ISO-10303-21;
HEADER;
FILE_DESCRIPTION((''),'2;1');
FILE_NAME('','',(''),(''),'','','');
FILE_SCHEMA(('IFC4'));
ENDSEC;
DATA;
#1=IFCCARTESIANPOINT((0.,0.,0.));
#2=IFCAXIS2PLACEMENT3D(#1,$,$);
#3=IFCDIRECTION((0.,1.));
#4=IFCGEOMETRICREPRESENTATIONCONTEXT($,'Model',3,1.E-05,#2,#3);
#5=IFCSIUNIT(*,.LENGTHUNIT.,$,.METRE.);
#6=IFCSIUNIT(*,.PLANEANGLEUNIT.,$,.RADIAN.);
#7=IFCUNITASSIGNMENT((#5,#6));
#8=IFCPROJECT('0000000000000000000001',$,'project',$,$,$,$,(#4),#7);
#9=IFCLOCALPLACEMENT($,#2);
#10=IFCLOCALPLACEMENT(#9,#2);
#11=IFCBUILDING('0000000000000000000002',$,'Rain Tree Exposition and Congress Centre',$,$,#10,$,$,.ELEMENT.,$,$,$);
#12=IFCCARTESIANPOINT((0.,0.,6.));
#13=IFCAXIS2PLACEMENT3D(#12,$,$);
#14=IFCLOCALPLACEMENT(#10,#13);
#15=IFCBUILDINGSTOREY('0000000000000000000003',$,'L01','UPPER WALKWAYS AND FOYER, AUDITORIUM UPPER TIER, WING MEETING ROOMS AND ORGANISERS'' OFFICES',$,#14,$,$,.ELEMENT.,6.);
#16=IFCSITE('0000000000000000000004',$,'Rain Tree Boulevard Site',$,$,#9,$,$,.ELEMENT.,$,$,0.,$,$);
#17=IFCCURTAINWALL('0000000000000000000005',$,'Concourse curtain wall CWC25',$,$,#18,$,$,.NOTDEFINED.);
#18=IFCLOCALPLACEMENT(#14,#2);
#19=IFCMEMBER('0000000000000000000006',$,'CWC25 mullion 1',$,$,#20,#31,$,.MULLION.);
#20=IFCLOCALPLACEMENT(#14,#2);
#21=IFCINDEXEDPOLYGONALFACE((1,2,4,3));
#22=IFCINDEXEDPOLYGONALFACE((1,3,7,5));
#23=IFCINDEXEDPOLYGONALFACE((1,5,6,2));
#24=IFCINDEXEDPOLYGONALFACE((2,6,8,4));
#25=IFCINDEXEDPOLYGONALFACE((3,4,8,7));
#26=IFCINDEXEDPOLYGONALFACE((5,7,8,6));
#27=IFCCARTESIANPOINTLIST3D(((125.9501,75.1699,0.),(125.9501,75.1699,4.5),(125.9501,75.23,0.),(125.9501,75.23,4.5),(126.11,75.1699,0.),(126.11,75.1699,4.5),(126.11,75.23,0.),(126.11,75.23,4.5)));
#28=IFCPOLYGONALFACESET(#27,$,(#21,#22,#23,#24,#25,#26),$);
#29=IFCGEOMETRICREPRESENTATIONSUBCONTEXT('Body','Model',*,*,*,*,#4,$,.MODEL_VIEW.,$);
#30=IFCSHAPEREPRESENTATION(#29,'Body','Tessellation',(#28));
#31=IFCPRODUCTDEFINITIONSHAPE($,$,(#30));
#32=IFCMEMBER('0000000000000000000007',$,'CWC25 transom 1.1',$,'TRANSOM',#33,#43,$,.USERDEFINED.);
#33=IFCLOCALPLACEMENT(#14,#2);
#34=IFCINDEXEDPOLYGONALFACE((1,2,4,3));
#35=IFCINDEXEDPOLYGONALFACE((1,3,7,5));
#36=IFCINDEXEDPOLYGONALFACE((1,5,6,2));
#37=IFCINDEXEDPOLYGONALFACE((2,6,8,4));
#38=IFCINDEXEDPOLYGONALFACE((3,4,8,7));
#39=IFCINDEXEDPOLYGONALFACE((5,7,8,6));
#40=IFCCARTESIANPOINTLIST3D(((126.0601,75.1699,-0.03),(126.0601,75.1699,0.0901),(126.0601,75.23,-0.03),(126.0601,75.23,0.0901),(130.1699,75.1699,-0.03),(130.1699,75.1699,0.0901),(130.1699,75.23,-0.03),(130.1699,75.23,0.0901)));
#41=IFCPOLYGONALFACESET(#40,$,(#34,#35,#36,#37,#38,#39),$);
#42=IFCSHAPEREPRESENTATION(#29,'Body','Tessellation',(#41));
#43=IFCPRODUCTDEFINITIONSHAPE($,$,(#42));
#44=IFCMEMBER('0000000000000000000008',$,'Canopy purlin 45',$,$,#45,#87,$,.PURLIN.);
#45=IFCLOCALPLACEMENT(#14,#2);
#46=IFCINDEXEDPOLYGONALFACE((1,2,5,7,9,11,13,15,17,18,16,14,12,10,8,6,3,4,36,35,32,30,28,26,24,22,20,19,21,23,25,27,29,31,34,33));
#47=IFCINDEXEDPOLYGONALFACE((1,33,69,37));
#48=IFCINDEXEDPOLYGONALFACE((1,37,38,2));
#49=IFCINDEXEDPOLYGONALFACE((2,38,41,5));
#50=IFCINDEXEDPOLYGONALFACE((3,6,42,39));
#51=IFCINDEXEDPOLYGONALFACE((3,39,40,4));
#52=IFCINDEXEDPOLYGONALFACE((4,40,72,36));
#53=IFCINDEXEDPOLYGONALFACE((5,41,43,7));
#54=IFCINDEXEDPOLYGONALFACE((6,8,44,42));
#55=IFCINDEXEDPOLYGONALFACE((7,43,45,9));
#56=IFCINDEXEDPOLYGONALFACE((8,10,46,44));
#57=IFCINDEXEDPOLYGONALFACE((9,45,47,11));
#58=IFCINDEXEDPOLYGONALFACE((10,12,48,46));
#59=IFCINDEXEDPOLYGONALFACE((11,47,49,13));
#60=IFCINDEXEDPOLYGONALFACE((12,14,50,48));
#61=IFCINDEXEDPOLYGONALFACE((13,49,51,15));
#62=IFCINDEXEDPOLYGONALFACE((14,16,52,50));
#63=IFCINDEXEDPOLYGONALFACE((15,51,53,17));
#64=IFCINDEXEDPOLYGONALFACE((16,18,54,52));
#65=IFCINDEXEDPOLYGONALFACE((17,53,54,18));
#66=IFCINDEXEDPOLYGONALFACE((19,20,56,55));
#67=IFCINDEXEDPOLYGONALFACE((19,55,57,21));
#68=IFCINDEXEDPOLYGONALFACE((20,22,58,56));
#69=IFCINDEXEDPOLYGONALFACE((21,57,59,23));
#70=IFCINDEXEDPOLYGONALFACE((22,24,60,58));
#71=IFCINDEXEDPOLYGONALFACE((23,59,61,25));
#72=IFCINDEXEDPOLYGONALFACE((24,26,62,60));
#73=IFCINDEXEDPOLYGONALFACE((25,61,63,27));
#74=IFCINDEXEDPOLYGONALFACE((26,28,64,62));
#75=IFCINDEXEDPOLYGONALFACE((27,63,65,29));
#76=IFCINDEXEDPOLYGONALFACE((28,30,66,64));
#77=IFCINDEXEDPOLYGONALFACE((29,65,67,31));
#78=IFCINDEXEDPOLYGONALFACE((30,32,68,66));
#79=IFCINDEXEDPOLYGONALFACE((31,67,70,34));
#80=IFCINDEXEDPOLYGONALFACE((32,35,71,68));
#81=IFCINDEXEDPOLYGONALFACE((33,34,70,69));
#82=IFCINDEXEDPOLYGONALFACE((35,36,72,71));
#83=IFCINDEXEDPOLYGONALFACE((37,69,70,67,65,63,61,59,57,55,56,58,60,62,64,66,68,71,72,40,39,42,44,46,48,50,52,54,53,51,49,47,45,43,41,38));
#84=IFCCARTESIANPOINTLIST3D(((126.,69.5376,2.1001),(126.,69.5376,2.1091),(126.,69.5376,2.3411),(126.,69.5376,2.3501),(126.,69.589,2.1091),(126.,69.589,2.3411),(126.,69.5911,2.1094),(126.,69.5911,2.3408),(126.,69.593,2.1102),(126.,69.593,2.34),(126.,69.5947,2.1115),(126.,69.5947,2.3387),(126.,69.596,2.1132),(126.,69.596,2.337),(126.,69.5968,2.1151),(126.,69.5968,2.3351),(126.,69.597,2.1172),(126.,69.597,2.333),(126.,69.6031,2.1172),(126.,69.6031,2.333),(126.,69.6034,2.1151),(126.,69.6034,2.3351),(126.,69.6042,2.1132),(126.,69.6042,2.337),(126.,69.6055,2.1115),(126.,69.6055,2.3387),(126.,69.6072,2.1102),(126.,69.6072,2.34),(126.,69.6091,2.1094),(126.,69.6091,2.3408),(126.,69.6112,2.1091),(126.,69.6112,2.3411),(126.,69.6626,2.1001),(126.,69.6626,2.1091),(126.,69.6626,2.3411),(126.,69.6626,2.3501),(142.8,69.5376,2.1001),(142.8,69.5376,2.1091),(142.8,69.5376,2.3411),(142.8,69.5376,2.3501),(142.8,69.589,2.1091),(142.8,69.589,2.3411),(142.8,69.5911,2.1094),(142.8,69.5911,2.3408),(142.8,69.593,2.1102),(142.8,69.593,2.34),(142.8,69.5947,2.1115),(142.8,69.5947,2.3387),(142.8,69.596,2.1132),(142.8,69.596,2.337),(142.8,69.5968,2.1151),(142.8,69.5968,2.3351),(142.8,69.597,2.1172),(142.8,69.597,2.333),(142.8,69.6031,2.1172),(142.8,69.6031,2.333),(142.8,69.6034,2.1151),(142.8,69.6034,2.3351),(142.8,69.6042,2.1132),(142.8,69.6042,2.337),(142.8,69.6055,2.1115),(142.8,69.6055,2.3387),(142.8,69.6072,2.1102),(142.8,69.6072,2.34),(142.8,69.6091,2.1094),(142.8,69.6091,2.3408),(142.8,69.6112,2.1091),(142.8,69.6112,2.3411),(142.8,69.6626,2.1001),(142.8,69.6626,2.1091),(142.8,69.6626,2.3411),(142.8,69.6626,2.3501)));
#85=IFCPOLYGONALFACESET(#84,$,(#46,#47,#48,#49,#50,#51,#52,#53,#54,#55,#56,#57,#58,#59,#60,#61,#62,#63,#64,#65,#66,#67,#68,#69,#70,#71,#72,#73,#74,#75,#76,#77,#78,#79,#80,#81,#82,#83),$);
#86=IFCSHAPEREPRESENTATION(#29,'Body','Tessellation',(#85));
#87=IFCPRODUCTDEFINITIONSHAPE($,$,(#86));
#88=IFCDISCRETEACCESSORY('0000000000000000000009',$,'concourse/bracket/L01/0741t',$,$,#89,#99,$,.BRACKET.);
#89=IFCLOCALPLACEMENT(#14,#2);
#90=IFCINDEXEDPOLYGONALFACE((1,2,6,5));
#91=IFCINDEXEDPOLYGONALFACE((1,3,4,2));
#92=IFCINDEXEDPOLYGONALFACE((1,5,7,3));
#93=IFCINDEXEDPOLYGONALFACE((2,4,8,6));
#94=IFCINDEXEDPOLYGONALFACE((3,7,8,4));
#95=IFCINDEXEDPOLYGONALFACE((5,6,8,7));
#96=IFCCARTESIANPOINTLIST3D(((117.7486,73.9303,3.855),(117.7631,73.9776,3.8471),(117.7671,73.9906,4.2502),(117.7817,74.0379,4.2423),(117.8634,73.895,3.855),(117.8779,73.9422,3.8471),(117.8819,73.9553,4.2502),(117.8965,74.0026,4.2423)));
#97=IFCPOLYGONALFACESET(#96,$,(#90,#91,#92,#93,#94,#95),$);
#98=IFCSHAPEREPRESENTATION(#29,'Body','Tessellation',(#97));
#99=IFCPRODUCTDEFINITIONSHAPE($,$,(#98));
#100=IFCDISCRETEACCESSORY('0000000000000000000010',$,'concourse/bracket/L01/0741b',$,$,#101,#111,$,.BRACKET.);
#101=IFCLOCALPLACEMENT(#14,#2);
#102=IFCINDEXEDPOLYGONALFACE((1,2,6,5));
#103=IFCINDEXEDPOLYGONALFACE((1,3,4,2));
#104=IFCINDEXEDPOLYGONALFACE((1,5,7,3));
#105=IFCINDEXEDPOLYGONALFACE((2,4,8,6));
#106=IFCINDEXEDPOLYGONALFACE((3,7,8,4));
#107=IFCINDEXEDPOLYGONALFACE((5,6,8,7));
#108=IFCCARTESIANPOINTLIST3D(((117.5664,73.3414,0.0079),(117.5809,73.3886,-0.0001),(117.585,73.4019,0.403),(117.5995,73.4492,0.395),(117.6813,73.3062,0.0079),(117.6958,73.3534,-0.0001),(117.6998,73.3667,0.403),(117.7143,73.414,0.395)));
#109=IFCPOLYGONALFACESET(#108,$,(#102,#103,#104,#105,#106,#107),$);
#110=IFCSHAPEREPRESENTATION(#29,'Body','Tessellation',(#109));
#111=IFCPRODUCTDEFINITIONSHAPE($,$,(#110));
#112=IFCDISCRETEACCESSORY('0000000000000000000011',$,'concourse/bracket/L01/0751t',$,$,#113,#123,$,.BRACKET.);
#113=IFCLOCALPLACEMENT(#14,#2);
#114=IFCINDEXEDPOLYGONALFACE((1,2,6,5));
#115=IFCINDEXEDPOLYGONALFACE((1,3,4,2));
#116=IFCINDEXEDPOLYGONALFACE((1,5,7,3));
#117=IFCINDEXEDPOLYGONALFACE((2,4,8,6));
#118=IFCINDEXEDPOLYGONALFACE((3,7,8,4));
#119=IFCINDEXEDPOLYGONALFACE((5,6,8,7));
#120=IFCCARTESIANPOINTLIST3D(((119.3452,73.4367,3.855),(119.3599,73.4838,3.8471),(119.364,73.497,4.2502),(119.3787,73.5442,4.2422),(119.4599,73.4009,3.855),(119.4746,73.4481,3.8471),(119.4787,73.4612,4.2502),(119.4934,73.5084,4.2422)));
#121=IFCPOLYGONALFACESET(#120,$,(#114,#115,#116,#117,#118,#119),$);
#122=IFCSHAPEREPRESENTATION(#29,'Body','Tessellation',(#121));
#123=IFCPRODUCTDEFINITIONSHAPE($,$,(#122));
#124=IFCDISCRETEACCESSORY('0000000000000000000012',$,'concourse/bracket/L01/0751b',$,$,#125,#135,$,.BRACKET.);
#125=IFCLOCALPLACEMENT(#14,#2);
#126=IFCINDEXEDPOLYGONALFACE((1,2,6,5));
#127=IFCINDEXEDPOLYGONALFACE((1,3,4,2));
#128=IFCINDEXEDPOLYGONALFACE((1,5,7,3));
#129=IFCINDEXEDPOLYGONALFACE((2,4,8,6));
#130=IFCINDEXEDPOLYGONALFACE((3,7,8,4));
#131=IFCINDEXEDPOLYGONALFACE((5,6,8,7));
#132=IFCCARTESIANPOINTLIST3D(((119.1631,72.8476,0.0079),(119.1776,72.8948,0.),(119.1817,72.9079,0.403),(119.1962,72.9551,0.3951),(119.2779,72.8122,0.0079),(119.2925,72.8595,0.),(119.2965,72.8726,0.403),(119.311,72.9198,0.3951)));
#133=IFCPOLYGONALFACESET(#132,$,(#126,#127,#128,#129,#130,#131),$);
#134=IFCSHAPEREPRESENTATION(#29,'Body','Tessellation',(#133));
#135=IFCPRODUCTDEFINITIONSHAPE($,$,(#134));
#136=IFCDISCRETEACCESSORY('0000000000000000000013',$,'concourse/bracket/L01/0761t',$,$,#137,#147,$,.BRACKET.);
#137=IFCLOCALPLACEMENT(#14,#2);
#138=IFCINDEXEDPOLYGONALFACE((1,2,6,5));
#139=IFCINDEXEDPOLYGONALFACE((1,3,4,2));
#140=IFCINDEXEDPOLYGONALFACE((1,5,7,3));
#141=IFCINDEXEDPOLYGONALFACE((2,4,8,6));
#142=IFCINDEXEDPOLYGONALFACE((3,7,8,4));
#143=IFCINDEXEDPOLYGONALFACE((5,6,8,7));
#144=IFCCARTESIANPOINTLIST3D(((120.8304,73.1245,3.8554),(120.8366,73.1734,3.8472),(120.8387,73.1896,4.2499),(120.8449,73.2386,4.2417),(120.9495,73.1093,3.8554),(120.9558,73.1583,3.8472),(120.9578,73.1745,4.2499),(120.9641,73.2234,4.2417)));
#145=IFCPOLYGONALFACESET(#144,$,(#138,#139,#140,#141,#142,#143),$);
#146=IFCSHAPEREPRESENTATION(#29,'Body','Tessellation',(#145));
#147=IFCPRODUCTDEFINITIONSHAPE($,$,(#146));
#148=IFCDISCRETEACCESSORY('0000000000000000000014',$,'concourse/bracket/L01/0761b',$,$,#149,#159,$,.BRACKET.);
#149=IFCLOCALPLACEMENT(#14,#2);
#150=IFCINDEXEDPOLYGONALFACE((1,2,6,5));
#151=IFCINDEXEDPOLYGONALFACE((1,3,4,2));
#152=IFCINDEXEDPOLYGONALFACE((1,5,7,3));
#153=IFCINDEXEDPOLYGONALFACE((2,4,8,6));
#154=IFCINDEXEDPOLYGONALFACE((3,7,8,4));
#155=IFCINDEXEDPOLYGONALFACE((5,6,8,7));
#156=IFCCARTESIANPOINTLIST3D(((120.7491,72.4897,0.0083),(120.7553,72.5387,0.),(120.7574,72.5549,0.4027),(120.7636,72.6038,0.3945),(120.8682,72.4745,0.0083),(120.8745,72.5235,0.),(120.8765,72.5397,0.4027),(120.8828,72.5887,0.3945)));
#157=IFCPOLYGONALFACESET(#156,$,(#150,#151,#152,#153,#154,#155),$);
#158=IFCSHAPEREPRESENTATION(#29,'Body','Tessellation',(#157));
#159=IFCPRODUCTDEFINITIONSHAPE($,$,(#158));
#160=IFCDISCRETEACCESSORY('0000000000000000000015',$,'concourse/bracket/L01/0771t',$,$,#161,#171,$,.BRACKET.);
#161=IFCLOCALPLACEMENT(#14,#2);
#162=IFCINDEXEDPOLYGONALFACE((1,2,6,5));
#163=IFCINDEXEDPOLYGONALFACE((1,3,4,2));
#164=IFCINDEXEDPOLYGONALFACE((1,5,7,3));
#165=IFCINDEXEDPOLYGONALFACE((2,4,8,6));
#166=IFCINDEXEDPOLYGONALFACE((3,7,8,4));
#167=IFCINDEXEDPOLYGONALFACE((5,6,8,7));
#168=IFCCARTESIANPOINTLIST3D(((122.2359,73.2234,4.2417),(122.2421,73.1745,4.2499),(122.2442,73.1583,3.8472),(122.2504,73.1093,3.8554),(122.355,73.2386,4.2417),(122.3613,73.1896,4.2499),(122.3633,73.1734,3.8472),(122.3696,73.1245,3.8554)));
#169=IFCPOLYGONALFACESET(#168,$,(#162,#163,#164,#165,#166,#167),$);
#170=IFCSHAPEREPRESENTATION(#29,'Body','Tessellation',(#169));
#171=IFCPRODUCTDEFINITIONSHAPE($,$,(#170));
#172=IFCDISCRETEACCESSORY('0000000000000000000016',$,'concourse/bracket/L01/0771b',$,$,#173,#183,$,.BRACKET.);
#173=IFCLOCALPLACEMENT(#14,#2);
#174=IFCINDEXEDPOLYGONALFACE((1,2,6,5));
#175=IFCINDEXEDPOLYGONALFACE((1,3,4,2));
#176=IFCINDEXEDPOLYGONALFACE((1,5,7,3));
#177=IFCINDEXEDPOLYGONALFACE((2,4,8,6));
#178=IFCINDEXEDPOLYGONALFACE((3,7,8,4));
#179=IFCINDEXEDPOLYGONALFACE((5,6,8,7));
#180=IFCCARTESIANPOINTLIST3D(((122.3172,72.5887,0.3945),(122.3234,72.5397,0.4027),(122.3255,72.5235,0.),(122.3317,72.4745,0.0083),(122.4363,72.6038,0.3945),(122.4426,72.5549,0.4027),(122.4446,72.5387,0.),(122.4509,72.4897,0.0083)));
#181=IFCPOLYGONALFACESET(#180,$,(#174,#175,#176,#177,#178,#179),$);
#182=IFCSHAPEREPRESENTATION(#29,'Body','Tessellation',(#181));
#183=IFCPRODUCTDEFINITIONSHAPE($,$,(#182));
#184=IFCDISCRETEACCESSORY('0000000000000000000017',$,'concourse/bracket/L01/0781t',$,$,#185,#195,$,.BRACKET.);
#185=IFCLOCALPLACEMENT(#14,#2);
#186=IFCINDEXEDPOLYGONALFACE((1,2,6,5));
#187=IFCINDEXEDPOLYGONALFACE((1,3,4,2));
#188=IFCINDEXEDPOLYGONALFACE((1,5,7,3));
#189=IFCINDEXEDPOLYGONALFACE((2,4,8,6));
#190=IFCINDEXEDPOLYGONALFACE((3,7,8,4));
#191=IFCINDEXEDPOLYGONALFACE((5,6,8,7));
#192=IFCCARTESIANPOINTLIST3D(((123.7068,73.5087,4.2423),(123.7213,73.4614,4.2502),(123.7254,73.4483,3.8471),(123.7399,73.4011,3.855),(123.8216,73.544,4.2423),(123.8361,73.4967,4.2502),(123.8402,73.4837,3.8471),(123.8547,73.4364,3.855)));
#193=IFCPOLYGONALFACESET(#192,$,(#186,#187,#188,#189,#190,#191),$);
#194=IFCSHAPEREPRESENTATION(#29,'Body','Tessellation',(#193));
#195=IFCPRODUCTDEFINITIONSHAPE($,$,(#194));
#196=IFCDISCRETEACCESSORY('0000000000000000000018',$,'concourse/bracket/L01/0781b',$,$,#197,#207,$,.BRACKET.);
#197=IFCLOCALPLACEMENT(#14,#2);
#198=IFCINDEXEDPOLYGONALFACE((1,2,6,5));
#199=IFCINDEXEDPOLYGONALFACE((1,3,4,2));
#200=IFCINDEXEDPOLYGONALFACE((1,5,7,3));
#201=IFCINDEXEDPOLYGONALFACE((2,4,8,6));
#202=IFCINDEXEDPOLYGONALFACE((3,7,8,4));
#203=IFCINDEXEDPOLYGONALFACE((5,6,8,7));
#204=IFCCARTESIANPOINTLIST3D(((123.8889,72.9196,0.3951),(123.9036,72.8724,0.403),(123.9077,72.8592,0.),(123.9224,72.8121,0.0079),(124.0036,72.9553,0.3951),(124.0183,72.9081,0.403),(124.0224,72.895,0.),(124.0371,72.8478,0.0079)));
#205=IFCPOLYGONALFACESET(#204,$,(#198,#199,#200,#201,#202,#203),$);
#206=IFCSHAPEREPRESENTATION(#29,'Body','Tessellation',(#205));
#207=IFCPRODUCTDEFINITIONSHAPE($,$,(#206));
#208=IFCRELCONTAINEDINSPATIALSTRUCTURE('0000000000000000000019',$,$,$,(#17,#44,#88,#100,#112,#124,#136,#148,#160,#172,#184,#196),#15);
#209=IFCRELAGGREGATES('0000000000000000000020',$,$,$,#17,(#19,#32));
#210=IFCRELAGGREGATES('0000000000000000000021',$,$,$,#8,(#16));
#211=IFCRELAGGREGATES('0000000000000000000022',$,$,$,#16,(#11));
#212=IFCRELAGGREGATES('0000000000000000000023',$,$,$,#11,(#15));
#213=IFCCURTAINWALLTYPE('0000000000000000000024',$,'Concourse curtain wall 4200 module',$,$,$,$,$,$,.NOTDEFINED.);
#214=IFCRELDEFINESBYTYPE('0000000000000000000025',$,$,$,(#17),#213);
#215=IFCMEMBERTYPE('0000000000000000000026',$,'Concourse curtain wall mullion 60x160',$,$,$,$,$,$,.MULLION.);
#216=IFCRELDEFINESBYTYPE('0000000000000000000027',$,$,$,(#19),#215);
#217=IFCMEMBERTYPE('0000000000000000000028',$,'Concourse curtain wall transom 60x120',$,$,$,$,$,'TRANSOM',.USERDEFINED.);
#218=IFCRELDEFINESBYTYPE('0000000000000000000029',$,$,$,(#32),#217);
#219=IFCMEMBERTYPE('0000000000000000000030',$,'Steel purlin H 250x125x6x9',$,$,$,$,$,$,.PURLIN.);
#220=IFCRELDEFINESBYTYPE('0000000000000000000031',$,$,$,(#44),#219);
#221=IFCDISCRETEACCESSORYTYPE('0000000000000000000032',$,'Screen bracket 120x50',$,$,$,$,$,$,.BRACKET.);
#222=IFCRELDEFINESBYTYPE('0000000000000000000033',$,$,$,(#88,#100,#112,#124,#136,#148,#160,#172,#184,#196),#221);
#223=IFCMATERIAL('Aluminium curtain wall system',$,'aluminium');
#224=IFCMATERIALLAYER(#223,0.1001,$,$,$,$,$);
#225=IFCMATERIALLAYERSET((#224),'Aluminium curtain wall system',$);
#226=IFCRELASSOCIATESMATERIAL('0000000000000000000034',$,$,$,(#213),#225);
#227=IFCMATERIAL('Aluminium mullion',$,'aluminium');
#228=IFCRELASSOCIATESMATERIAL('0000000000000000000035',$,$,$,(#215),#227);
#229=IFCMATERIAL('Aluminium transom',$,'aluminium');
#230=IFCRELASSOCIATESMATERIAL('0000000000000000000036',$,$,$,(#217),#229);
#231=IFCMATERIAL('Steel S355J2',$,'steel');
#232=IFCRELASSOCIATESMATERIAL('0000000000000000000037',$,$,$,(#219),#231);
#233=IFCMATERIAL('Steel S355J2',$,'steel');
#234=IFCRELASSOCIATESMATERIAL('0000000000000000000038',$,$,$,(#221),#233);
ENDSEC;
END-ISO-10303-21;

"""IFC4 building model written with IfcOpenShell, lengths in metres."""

from ifc_helpers import new_model, si_unit, direction, frame, origin, origin_2d, place, context, subcontext, project, spatial, rectangle, i_section, extrude, material, layer, layer_set, material_profile, profile_set, type_object, element, aggregate, save


model = new_model("IFC4")

# Units and contexts
model_context = context("Model", 3, precision=1e-05, world=origin(), true_north=direction((0.0, 1.0)))
body_context = subcontext(model_context, "Body", "Model", "MODEL_VIEW")
ifc_project = project(units=[si_unit("LENGTHUNIT", "METRE"), si_unit("PLANEANGLEUNIT", "RADIAN")], contexts=[model_context])

# Site, building, storey
site_placement = place(None, origin())
site = spatial("IfcSite", under=ifc_project, at=site_placement, Name="Rain Tree Boulevard Site", CompositionType="ELEMENT", RefElevation=0.0)
building_placement = place(site_placement, origin())
building = spatial("IfcBuilding", under=site, at=building_placement, Name="Rain Tree Exposition and Congress Centre", CompositionType="ELEMENT")
storey_placement = place(building_placement, frame((0.0, 0.0, 6.0)))
storey = spatial("IfcBuildingStorey", under=building, at=storey_placement, Name="L01", Description="UPPER WALKWAYS AND FOYER, AUDITORIUM UPPER TIER, WING MEETING ROOMS AND ORGANISERS' OFFICES", CompositionType="ELEMENT", Elevation=6.0)

# Curtain wall, members
ifc_material_1 = material(Name="Aluminium curtain wall system", Category="aluminium")
ifc_layer_1 = layer(ifc_material_1, 0.1001)
ifc_layer_set_1 = layer_set([ifc_layer_1], Name="Aluminium curtain wall system")
curtain_wall_type = type_object("IfcCurtainWallType", Name="Concourse curtain wall 4200 module", PredefinedType="NOTDEFINED", material=ifc_layer_set_1)
curtain_wall_placement = place(storey_placement, origin())
curtain_wall = element("IfcCurtainWall", 1, at=curtain_wall_placement, inside=storey, type_object=curtain_wall_type, Name="Concourse curtain wall CWC25", PredefinedType="NOTDEFINED")
ifc_material_2 = material(Name="Aluminium mullion", Category="aluminium")
ifc_material_profile_1 = material_profile(ifc_material_2, rectangle(XDim=0.0601, YDim=0.1599, at=origin_2d()), Name="AL 60x160")
ifc_profile_set_1 = profile_set([ifc_material_profile_1], Name="Aluminium mullion")
member_type_1 = type_object("IfcMemberType", Name="Concourse curtain wall mullion 60x160", PredefinedType="MULLION", material=ifc_profile_set_1)
member_1_placement = place(storey_placement, frame((126.03, 75.2, 0.0), z_axis=(0.0, 0.0, 1.0), x_axis=(0.0, 1.0, 0.0)))
member_1 = element("IfcMember", 2, at=member_1_placement, type_object=member_type_1, Name="CWC25 mullion 1", PredefinedType="MULLION", context=body_context, shape_type="SweptSolid", body=[
    extrude(rectangle(XDim=0.0601, YDim=0.1599, at=origin_2d()), origin(), (0.0, 0.0, 1.0), 4.5),
])
ifc_material_3 = material(Name="Aluminium transom", Category="aluminium")
ifc_material_profile_2 = material_profile(ifc_material_3, rectangle(XDim=0.0601, YDim=0.1201, at=origin_2d()), Name="AL 60x120")
ifc_profile_set_2 = profile_set([ifc_material_profile_2], Name="Aluminium transom")
member_type_2 = type_object("IfcMemberType", Name="Concourse curtain wall transom 60x120", ElementType="TRANSOM", PredefinedType="USERDEFINED", material=ifc_profile_set_2)
member_2_placement = place(storey_placement, frame((126.0601, 75.2, 0.03), z_axis=(1.0, 0.0, 0.0), x_axis=(0.0, 1.0, 0.0)))
member_2 = element("IfcMember", 3, at=member_2_placement, type_object=member_type_2, Name="CWC25 transom 1.1", ObjectType="TRANSOM", PredefinedType="USERDEFINED", context=body_context, shape_type="SweptSolid", body=[
    extrude(rectangle(XDim=0.0601, YDim=0.1201, at=origin_2d()), origin(), (0.0, 0.0, 1.0), 4.1099),
])
aggregate(curtain_wall, [member_1, member_2])

# Member
ifc_material_4 = material(Name="Steel S355J2", Category="steel")
ifc_material_profile_3 = material_profile(ifc_material_4, i_section(OverallWidth=0.125, OverallDepth=0.25, WebThickness=0.0061, FlangeThickness=0.009, FilletRadius=0.0081, at=origin_2d()), Name="H 250x125x6x9")
ifc_profile_set_3 = profile_set([ifc_material_profile_3], Name="Steel S355J2")
member_type_3 = type_object("IfcMemberType", Name="Steel purlin H 250x125x6x9", PredefinedType="PURLIN", material=ifc_profile_set_3)
member_3_placement = place(storey_placement, frame((126.0, 69.6001, 2.2251), z_axis=(1.0, 0.0, 0.0), x_axis=(0.0, 1.0, 0.0)))
element("IfcMember", 4, at=member_3_placement, inside=storey, type_object=member_type_3, Name="Canopy purlin 45", PredefinedType="PURLIN", context=body_context, shape_type="SweptSolid", body=[
    extrude(i_section(OverallWidth=0.125, OverallDepth=0.25, WebThickness=0.0061, FlangeThickness=0.009, FilletRadius=0.0081, at=origin_2d()), origin(), (0.0, 0.0, 1.0), 16.8),
])

# Discrete accessories
ifc_material_5 = material(Name="Steel S355J2", Category="steel")
ifc_material_profile_4 = material_profile(ifc_material_5, rectangle(XDim=0.1201, YDim=0.05, at=origin_2d()), Name="Flat bar 120x50")
ifc_profile_set_4 = profile_set([ifc_material_profile_4], Name="Steel S355J2")
discrete_accessory_type = type_object("IfcDiscreteAccessoryType", Name="Screen bracket 120x50", PredefinedType="BRACKET", material=ifc_profile_set_4)
for number, where, z_axis, x_axis, name in (
    (5, (117.8132, 73.9363, 3.8511), (0.046384, 0.150747, 0.987484), (-0.955779, 0.294086, 0.0), "concourse/bracket/L01/0741t"),
    (6, (117.6311, 73.3474, 0.0039), (0.046379, 0.151343, 0.987393), (-0.956112, 0.293002, 0.0), "concourse/bracket/L01/0741b"),
    (7, (119.4099, 73.4424, 3.8511), (0.046993, 0.150743, 0.987456), (-0.954686, 0.297615, 0.0), "concourse/bracket/L01/0751t"),
    (8, (119.2278, 72.8535, 0.0039), (0.046384, 0.150747, 0.987484), (-0.955779, 0.294086, 0.0), "concourse/bracket/L01/0751b"),
):
    element("IfcDiscreteAccessory", number, at=place(storey_placement, frame(where, z_axis=z_axis, x_axis=x_axis)), inside=storey, type_object=discrete_accessory_type, Name=name, PredefinedType="BRACKET", context=body_context, shape_type="SweptSolid", body=[
        extrude(rectangle(XDim=0.1201, YDim=0.05, at=origin_2d()), origin(), (0.0, 0.0, 1.0), 0.4001),
    ])
for number, where, z_axis, x_axis, name in (
    (9, (120.8931, 73.1414, 3.8513), (0.020754, 0.162978, 0.986411), (-0.991989, 0.126321, 0.0), "concourse/bracket/L01/0761t"),
    (10, (120.8118, 72.5066, 0.0042), (0.020754, 0.162978, 0.986411), (-0.991989, 0.126321, 0.0), "concourse/bracket/L01/0761b"),
    (11, (122.3069, 73.1414, 3.8513), (-0.020754, 0.162978, 0.986411), (-0.991989, -0.126321, 0.0), "concourse/bracket/L01/0771t"),
    (12, (122.3882, 72.5066, 0.0042), (-0.020754, 0.162978, 0.986411), (-0.991989, -0.126321, 0.0), "concourse/bracket/L01/0771b"),
):
    element("IfcDiscreteAccessory", number, at=place(storey_placement, frame(where, z_axis=z_axis, x_axis=x_axis)), inside=storey, type_object=discrete_accessory_type, Name=name, PredefinedType="BRACKET", context=body_context, shape_type="SweptSolid", body=[
        extrude(rectangle(XDim=0.1201, YDim=0.05, at=origin_2d()), origin(), (0.0, 0.0, 1.0), 0.3999),
    ])
for number, where, z_axis, x_axis, name in (
    (13, (123.79, 73.4424, 3.8511), (-0.046384, 0.150747, 0.987484), (-0.955779, -0.294086, 0.0), "concourse/bracket/L01/0781t"),
    (14, (123.9724, 72.8535, 0.0039), (-0.046993, 0.150743, 0.987456), (-0.954686, -0.297615, 0.0), "concourse/bracket/L01/0781b"),
):
    element("IfcDiscreteAccessory", number, at=place(storey_placement, frame(where, z_axis=z_axis, x_axis=x_axis)), inside=storey, type_object=discrete_accessory_type, Name=name, PredefinedType="BRACKET", context=body_context, shape_type="SweptSolid", body=[
        extrude(rectangle(XDim=0.1201, YDim=0.05, at=origin_2d()), origin(), (0.0, 0.0, 1.0), 0.4001),
    ])

save(model, "model.ifc")
